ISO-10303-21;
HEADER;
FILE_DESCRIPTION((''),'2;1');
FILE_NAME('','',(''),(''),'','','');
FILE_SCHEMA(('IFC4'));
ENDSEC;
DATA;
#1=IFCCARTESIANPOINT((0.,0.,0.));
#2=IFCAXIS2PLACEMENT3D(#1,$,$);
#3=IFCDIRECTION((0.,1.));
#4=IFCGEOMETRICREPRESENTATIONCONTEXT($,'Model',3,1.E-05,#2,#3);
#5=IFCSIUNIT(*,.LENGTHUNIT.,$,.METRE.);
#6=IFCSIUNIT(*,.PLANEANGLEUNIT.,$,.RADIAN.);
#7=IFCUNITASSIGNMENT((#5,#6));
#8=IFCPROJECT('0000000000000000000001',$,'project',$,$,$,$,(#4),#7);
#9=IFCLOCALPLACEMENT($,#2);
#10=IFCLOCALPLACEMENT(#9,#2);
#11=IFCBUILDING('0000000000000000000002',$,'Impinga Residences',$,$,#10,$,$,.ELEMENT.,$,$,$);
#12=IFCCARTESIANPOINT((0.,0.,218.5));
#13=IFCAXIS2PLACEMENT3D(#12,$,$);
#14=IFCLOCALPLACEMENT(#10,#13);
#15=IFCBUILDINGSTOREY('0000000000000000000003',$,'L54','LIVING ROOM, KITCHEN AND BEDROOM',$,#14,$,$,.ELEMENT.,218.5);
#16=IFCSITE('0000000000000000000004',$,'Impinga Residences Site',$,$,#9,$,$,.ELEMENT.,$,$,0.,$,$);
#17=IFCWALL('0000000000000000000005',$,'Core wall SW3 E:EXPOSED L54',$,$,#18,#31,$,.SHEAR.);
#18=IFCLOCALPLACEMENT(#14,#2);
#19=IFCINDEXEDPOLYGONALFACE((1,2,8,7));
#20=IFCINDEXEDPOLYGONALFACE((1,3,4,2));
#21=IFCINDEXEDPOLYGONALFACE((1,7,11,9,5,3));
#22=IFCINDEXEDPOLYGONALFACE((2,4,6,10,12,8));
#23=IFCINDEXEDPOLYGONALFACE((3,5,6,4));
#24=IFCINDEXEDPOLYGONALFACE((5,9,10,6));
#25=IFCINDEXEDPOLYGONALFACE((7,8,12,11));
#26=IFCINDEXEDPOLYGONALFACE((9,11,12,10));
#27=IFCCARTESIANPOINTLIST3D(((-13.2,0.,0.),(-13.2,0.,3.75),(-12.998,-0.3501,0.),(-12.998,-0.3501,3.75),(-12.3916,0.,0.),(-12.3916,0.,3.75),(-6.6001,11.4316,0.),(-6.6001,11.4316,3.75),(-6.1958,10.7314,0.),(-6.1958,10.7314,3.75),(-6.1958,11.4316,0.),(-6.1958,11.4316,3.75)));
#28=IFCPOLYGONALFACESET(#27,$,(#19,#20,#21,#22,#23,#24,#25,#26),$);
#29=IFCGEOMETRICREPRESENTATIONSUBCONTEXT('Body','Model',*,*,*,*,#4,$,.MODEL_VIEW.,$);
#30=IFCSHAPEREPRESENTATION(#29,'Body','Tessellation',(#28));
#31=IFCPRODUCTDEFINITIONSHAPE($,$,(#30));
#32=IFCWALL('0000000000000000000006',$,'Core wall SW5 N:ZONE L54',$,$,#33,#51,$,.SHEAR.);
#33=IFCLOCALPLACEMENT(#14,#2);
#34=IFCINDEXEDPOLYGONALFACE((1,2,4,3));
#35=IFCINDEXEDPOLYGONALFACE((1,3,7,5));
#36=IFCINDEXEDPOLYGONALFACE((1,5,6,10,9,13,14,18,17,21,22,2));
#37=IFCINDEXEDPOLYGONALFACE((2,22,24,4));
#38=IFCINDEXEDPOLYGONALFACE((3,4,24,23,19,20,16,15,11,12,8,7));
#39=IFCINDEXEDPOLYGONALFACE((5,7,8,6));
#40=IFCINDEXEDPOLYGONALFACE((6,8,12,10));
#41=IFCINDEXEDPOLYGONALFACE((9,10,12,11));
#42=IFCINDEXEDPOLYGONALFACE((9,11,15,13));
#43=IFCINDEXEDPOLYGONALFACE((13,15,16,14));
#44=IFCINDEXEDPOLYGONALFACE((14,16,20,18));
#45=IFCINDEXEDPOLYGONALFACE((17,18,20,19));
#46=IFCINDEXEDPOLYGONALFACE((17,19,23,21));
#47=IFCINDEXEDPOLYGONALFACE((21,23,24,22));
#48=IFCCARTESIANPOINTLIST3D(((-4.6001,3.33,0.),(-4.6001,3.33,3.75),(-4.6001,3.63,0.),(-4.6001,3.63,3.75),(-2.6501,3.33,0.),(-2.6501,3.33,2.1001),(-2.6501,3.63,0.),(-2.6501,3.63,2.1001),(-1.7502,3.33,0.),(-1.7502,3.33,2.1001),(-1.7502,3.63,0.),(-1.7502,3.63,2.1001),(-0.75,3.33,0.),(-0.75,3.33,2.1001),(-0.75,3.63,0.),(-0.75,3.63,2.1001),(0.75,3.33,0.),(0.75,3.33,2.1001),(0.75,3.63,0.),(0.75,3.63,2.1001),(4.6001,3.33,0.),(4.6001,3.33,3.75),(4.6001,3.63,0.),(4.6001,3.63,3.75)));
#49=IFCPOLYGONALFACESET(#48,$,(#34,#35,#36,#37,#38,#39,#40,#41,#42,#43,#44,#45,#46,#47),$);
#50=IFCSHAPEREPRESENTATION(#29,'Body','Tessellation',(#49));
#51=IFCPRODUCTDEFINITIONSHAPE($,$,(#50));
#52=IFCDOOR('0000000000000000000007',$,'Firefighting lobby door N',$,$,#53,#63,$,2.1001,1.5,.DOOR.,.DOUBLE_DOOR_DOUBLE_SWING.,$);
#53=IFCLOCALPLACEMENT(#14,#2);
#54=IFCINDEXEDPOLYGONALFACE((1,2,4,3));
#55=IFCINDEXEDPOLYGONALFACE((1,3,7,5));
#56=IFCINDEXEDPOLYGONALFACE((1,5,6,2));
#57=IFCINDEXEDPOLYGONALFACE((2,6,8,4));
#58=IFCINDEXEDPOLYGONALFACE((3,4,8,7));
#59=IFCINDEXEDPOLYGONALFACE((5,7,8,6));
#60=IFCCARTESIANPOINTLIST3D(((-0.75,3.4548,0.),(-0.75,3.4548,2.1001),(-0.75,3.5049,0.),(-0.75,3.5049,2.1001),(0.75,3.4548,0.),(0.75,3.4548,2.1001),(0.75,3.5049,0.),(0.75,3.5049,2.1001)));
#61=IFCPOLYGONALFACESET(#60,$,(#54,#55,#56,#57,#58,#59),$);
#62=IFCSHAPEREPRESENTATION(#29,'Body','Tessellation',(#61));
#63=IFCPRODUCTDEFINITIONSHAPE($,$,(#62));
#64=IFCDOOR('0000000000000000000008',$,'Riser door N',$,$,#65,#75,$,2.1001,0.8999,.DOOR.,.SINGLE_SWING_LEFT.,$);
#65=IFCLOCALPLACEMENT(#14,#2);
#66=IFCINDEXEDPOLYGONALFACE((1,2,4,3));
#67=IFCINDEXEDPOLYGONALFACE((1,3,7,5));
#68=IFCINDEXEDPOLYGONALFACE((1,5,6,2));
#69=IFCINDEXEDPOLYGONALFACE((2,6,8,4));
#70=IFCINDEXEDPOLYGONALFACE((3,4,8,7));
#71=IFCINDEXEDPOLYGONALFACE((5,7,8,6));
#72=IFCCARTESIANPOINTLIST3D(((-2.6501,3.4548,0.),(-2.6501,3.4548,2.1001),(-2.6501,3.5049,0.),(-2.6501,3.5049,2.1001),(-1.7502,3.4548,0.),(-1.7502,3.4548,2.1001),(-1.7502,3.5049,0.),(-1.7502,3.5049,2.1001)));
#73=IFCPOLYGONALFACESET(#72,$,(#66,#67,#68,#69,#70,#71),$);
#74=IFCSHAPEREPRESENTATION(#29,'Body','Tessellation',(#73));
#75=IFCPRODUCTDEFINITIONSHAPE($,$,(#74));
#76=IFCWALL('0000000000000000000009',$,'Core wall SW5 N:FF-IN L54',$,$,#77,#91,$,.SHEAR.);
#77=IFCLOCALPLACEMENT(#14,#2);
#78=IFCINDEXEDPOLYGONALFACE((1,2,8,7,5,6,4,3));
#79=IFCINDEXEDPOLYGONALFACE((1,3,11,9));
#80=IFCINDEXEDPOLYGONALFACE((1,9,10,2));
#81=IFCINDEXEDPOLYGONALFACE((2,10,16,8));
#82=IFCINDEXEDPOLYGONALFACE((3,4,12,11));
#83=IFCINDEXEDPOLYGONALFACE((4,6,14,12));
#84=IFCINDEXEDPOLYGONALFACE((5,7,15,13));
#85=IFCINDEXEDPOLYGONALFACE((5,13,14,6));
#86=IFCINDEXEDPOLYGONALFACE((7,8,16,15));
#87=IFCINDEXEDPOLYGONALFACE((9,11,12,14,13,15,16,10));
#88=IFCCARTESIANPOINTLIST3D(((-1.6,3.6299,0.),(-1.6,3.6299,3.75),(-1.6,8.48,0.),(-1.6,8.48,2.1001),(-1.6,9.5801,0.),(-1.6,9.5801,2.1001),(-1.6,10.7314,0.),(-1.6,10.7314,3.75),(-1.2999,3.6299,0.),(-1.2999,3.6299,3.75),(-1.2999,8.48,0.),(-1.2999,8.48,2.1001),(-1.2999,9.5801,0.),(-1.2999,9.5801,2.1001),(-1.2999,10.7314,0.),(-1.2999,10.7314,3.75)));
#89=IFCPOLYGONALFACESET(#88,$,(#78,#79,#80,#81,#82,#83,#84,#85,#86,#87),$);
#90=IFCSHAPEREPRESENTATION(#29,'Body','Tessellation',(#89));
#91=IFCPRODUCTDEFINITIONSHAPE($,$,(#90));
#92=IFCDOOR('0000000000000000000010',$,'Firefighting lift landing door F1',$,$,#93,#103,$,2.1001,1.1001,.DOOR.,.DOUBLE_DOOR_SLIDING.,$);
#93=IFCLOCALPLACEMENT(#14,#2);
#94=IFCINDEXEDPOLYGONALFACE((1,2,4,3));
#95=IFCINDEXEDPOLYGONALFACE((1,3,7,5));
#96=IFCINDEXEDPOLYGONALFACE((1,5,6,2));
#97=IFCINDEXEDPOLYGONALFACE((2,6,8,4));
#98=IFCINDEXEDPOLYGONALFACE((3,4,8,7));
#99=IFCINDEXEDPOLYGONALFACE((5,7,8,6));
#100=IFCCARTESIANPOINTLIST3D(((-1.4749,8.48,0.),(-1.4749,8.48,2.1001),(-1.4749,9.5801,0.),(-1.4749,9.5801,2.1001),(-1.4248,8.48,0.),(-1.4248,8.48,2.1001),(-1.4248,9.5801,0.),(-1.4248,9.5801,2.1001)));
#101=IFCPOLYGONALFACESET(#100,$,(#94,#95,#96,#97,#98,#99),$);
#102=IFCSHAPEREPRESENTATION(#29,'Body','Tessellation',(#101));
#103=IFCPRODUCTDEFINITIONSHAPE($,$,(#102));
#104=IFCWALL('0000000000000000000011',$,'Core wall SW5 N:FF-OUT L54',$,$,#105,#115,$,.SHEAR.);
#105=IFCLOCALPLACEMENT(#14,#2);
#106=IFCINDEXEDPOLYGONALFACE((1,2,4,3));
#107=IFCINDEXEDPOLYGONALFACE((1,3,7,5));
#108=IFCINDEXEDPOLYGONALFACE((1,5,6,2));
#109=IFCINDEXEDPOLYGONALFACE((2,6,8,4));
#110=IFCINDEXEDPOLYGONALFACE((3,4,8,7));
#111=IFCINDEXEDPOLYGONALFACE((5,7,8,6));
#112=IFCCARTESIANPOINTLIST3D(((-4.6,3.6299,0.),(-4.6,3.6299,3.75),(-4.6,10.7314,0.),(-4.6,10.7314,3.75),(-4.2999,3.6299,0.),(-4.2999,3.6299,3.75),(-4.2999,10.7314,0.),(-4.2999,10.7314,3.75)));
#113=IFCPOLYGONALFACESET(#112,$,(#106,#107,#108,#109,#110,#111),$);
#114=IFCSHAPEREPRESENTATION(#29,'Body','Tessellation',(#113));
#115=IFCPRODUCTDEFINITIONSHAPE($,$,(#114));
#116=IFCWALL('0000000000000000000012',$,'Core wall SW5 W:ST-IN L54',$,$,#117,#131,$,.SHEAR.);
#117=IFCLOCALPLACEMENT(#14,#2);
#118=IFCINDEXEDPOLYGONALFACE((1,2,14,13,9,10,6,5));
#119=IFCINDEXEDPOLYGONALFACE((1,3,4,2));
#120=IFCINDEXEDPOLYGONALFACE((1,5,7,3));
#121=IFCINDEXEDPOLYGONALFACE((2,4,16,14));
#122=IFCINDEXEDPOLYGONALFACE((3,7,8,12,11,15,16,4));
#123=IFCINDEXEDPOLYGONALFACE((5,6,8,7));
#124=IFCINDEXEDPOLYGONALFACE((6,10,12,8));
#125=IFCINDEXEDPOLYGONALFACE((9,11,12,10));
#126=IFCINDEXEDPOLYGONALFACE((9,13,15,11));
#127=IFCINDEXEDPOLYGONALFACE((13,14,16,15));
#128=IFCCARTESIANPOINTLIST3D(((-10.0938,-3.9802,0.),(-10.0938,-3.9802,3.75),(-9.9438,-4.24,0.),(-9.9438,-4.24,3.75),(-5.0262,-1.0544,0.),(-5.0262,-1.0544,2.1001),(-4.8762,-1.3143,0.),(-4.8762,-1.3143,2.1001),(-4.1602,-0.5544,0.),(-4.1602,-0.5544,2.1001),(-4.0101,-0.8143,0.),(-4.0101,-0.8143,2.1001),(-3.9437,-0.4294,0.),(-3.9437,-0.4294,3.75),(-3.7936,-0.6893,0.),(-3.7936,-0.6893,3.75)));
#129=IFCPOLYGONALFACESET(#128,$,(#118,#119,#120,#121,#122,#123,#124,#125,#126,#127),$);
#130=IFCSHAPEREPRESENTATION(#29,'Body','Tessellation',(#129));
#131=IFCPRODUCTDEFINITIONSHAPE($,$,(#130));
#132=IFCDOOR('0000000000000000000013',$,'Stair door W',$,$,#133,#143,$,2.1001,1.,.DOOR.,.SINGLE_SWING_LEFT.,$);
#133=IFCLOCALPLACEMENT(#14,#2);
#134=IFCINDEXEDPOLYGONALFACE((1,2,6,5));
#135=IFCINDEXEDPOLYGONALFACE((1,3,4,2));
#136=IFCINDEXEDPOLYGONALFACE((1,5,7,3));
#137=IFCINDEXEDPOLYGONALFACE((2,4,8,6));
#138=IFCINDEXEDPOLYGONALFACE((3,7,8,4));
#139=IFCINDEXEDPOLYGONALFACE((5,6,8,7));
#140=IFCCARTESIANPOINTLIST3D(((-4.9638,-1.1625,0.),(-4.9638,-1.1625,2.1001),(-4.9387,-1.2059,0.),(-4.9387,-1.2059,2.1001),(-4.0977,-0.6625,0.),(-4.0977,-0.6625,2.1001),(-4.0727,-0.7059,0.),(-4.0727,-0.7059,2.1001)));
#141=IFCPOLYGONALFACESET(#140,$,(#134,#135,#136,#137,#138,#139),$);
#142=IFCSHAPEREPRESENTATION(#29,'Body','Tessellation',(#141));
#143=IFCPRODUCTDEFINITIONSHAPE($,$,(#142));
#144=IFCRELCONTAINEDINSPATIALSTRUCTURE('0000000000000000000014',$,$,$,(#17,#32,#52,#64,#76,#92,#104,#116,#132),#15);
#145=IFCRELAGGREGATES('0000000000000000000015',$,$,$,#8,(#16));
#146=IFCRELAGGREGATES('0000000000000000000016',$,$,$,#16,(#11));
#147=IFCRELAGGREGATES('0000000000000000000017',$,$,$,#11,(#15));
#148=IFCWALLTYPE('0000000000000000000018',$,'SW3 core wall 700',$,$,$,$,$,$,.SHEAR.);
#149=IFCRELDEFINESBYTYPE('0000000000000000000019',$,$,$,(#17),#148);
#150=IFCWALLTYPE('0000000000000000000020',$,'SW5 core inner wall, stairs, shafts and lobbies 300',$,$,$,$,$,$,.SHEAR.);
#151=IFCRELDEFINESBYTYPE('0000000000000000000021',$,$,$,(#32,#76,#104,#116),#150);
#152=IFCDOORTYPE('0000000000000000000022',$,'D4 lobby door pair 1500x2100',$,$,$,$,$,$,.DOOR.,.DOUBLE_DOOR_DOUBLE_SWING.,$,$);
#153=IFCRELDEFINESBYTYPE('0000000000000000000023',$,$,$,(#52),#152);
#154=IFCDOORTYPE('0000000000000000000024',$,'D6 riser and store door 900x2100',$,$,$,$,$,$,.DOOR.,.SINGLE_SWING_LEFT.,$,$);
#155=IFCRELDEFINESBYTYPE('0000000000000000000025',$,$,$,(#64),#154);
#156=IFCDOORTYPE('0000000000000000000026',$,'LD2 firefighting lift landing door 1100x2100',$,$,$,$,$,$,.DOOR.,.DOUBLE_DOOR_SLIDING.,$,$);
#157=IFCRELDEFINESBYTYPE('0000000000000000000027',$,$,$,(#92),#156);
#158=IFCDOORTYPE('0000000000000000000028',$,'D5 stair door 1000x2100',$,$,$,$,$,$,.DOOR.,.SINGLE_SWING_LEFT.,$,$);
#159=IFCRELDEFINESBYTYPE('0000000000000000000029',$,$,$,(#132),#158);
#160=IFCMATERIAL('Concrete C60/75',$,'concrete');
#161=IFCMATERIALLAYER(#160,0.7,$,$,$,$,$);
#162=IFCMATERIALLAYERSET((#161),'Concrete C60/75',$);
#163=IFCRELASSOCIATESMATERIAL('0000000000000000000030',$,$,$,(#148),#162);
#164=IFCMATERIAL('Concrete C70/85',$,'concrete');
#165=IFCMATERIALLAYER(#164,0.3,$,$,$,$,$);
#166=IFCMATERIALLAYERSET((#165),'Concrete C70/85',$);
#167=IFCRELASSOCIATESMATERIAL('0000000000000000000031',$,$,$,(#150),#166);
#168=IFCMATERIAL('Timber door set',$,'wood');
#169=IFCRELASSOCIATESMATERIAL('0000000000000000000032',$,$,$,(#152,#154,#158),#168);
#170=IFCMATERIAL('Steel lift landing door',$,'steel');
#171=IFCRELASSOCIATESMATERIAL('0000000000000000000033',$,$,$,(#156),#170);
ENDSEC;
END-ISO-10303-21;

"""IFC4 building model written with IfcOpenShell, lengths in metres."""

from ifc_helpers import new_model, si_unit, direction, frame, frame_2d, origin, place, context, subcontext, project, spatial, polyline, rectangle, outline, extrude, material, layer, layer_set, type_object, element, fill, save


model = new_model("IFC4")

# Units and contexts
model_context = context("Model", 3, precision=1e-05, world=origin(), true_north=direction((0.0, 1.0)))
body_context = subcontext(model_context, "Body", "Model", "MODEL_VIEW")
ifc_project = project(units=[si_unit("LENGTHUNIT", "METRE"), si_unit("PLANEANGLEUNIT", "RADIAN")], contexts=[model_context])

# Site, building, storey
site_placement = place(None, origin())
site = spatial("IfcSite", under=ifc_project, at=site_placement, Name="Impinga Residences Site", CompositionType="ELEMENT", RefElevation=0.0)
building_placement = place(site_placement, origin())
building = spatial("IfcBuilding", under=site, at=building_placement, Name="Impinga Residences", CompositionType="ELEMENT")
storey_placement = place(building_placement, frame((0.0, 0.0, 218.5)))
storey = spatial("IfcBuildingStorey", under=building, at=storey_placement, Name="L54", Description="LIVING ROOM, KITCHEN AND BEDROOM", CompositionType="ELEMENT", Elevation=218.5)

# Shared definitions
ifc_material_1 = material(Name="Concrete C60/75", Category="concrete")

# Wall
ifc_layer_1 = layer(ifc_material_1, 0.7)
ifc_layer_set_1 = layer_set([ifc_layer_1], Name="Concrete C60/75")
wall_type_1 = type_object("IfcWallType", Name="SW3 core wall 700", PredefinedType="SHEAR", material=ifc_layer_set_1)
wall_1_placement = place(storey_placement, origin())
element("IfcWall", 1, at=wall_1_placement, inside=storey, type_object=wall_type_1, Name="Core wall SW3 E:EXPOSED L54", PredefinedType="SHEAR", context=body_context, shape_type="SweptSolid", body=[
    extrude(outline(polyline([(-6.6001, 11.4316), (-13.2, 0.0), (-12.998, -0.3501), (-12.3916, 0.0), (-6.1958, 10.7314), (-6.1958, 11.4316), (-6.6001, 11.4316)])), origin(), (0.0, 0.0, 1.0), 3.75),
])

# Wall, openings, doors
ifc_material_2 = material(Name="Concrete C70/85", Category="concrete")
ifc_layer_2 = layer(ifc_material_2, 0.3)
ifc_layer_set_2 = layer_set([ifc_layer_2], Name="Concrete C70/85")
wall_type_2 = type_object("IfcWallType", Name="SW5 core inner wall, stairs, shafts and lobbies 300", PredefinedType="SHEAR", material=ifc_layer_set_2)
wall_2_placement = place(storey_placement, frame((-4.6001, 3.48, 0.0), z_axis=(0.0, 0.0, 1.0), x_axis=(1.0, 0.0, 0.0)))
wall_2 = element("IfcWall", 2, at=wall_2_placement, inside=storey, type_object=wall_type_2, Name="Core wall SW5 N:ZONE L54", PredefinedType="SHEAR", context=body_context, shape_type="SweptSolid", body=[
    extrude(rectangle(XDim=9.2002, YDim=0.3, at=frame_2d((4.6001, 0.0))), origin(), (0.0, 0.0, 1.0), 3.75),
])
opening_1_placement = place(wall_2_placement, frame((3.8501, 0.0, 0.0)))
opening_1 = element("IfcOpeningElement", 3, at=opening_1_placement, cuts=wall_2, PredefinedType="OPENING", context=body_context, shape_type="SweptSolid", body=[
    extrude(rectangle(XDim=1.5, YDim=2.1001, at=frame_2d((0.75, 1.05))), frame((0.0, 0.1599, 0.0), z_axis=(0.0, -1.0, 0.0), x_axis=(1.0, 0.0, 0.0)), (0.0, 0.0, 1.0), 0.3201),
])
opening_2_placement = place(wall_2_placement, frame((1.95, 0.0, 0.0)))
opening_2 = element("IfcOpeningElement", 4, at=opening_2_placement, cuts=wall_2, PredefinedType="OPENING", context=body_context, shape_type="SweptSolid", body=[
    extrude(rectangle(XDim=0.8999, YDim=2.1001, at=frame_2d((0.45, 1.05))), frame((0.0, 0.1599, 0.0), z_axis=(0.0, -1.0, 0.0), x_axis=(1.0, 0.0, 0.0)), (0.0, 0.0, 1.0), 0.3201),
])
ifc_material_3 = material(Name="Timber door set", Category="wood")
door_type_1 = type_object("IfcDoorType", Name="D4 lobby door pair 1500x2100", OperationType="DOUBLE_DOOR_DOUBLE_SWING", PredefinedType="DOOR", material=ifc_material_3)
door_1_placement = place(opening_1_placement, origin())
door_1 = element("IfcDoor", 5, at=door_1_placement, inside=storey, type_object=door_type_1, Name="Firefighting lobby door N", OperationType="DOUBLE_DOOR_DOUBLE_SWING", OverallHeight=2.1001, OverallWidth=1.5, PredefinedType="DOOR", context=body_context, shape_type="SweptSolid", body=[
    extrude(rectangle(XDim=1.5, YDim=2.1001, at=frame_2d((0.75, 1.05))), frame((0.0, 0.0249, 0.0), z_axis=(0.0, -1.0, 0.0), x_axis=(1.0, 0.0, 0.0)), (0.0, 0.0, 1.0), 0.05),
])
fill(opening_1, door_1)
door_type_2 = type_object("IfcDoorType", Name="D6 riser and store door 900x2100", OperationType="SINGLE_SWING_LEFT", PredefinedType="DOOR", material=ifc_material_3)
door_2_placement = place(opening_2_placement, origin())
door_2 = element("IfcDoor", 6, at=door_2_placement, inside=storey, type_object=door_type_2, Name="Riser door N", OperationType="SINGLE_SWING_LEFT", OverallHeight=2.1001, OverallWidth=0.8999, PredefinedType="DOOR", context=body_context, shape_type="SweptSolid", body=[
    extrude(rectangle(XDim=0.8999, YDim=2.1001, at=frame_2d((0.45, 1.05))), frame((0.0, 0.0249, 0.0), z_axis=(0.0, -1.0, 0.0), x_axis=(1.0, 0.0, 0.0)), (0.0, 0.0, 1.0), 0.05),
])
fill(opening_2, door_2)

# Wall, opening, door
wall_3_placement = place(storey_placement, frame((-1.45, 3.6299, 0.0), z_axis=(0.0, 0.0, 1.0), x_axis=(0.0, 1.0, 0.0)))
wall_3 = element("IfcWall", 7, at=wall_3_placement, inside=storey, type_object=wall_type_2, Name="Core wall SW5 N:FF-IN L54", PredefinedType="SHEAR", context=body_context, shape_type="SweptSolid", body=[
    extrude(rectangle(XDim=7.1016, YDim=0.3, at=frame_2d((3.5508, 0.0))), origin(), (0.0, 0.0, 1.0), 3.75),
])
opening_3_placement = place(wall_3_placement, frame((4.8501, 0.0, 0.0)))
opening_3 = element("IfcOpeningElement", 8, at=opening_3_placement, cuts=wall_3, PredefinedType="OPENING", context=body_context, shape_type="SweptSolid", body=[
    extrude(rectangle(XDim=1.1001, YDim=2.1001, at=frame_2d((0.55, 1.05))), frame((0.0, 0.1599, 0.0), z_axis=(0.0, -1.0, 0.0), x_axis=(1.0, 0.0, 0.0)), (0.0, 0.0, 1.0), 0.3201),
])
ifc_material_4 = material(Name="Steel lift landing door", Category="steel")
door_type_3 = type_object("IfcDoorType", Name="LD2 firefighting lift landing door 1100x2100", OperationType="DOUBLE_DOOR_SLIDING", PredefinedType="DOOR", material=ifc_material_4)
door_3_placement = place(opening_3_placement, origin())
door_3 = element("IfcDoor", 9, at=door_3_placement, inside=storey, type_object=door_type_3, Name="Firefighting lift landing door F1", OperationType="DOUBLE_DOOR_SLIDING", OverallHeight=2.1001, OverallWidth=1.1001, PredefinedType="DOOR", context=body_context, shape_type="SweptSolid", body=[
    extrude(rectangle(XDim=1.1001, YDim=2.1001, at=frame_2d((0.55, 1.05))), frame((0.0, 0.0249, 0.0), z_axis=(0.0, -1.0, 0.0), x_axis=(1.0, 0.0, 0.0)), (0.0, 0.0, 1.0), 0.05),
])
fill(opening_3, door_3)

# Wall
wall_4_placement = place(storey_placement, frame((-4.45, 3.6299, 0.0), z_axis=(0.0, 0.0, 1.0), x_axis=(0.0, 1.0, 0.0)))
element("IfcWall", 10, at=wall_4_placement, inside=storey, type_object=wall_type_2, Name="Core wall SW5 N:FF-OUT L54", PredefinedType="SHEAR", context=body_context, shape_type="SweptSolid", body=[
    extrude(rectangle(XDim=7.1016, YDim=0.3, at=frame_2d((3.5508, 0.0))), origin(), (0.0, 0.0, 1.0), 3.75),
])

# Wall, opening, door
wall_5_placement = place(storey_placement, frame((-3.8687, -0.5593, 0.0), z_axis=(0.0, 0.0, 1.0), x_axis=(-0.866026, -0.499999, 0.0)))
wall_5 = element("IfcWall", 11, at=wall_5_placement, inside=storey, type_object=wall_type_2, Name="Core wall SW5 W:ST-IN L54", PredefinedType="SHEAR", context=body_context, shape_type="SweptSolid", body=[
    extrude(rectangle(XDim=7.1016, YDim=0.3, at=frame_2d((3.5508, 0.0))), origin(), (0.0, 0.0, 1.0), 3.75),
])
opening_4_placement = place(wall_5_placement, frame((0.25, 0.0, 0.0)))
opening_4 = element("IfcOpeningElement", 12, at=opening_4_placement, cuts=wall_5, PredefinedType="OPENING", context=body_context, shape_type="SweptSolid", body=[
    extrude(rectangle(XDim=1.0, YDim=2.1001, at=frame_2d((0.5, 1.05))), frame((0.0, 0.1599, 0.0), z_axis=(0.0, -1.0, 0.0), x_axis=(1.0, 0.0, 0.0)), (0.0, 0.0, 1.0), 0.3201),
])
door_type_4 = type_object("IfcDoorType", Name="D5 stair door 1000x2100", OperationType="SINGLE_SWING_LEFT", PredefinedType="DOOR", material=ifc_material_3)
door_4_placement = place(opening_4_placement, origin())
door_4 = element("IfcDoor", 13, at=door_4_placement, inside=storey, type_object=door_type_4, Name="Stair door W", OperationType="SINGLE_SWING_LEFT", OverallHeight=2.1001, OverallWidth=1.0, PredefinedType="DOOR", context=body_context, shape_type="SweptSolid", body=[
    extrude(rectangle(XDim=1.0, YDim=2.1001, at=frame_2d((0.5, 1.05))), frame((0.0, 0.0249, 0.0), z_axis=(0.0, -1.0, 0.0), x_axis=(1.0, 0.0, 0.0)), (0.0, 0.0, 1.0), 0.05),
])
fill(opening_4, door_4)

save(model, "model.ifc")
